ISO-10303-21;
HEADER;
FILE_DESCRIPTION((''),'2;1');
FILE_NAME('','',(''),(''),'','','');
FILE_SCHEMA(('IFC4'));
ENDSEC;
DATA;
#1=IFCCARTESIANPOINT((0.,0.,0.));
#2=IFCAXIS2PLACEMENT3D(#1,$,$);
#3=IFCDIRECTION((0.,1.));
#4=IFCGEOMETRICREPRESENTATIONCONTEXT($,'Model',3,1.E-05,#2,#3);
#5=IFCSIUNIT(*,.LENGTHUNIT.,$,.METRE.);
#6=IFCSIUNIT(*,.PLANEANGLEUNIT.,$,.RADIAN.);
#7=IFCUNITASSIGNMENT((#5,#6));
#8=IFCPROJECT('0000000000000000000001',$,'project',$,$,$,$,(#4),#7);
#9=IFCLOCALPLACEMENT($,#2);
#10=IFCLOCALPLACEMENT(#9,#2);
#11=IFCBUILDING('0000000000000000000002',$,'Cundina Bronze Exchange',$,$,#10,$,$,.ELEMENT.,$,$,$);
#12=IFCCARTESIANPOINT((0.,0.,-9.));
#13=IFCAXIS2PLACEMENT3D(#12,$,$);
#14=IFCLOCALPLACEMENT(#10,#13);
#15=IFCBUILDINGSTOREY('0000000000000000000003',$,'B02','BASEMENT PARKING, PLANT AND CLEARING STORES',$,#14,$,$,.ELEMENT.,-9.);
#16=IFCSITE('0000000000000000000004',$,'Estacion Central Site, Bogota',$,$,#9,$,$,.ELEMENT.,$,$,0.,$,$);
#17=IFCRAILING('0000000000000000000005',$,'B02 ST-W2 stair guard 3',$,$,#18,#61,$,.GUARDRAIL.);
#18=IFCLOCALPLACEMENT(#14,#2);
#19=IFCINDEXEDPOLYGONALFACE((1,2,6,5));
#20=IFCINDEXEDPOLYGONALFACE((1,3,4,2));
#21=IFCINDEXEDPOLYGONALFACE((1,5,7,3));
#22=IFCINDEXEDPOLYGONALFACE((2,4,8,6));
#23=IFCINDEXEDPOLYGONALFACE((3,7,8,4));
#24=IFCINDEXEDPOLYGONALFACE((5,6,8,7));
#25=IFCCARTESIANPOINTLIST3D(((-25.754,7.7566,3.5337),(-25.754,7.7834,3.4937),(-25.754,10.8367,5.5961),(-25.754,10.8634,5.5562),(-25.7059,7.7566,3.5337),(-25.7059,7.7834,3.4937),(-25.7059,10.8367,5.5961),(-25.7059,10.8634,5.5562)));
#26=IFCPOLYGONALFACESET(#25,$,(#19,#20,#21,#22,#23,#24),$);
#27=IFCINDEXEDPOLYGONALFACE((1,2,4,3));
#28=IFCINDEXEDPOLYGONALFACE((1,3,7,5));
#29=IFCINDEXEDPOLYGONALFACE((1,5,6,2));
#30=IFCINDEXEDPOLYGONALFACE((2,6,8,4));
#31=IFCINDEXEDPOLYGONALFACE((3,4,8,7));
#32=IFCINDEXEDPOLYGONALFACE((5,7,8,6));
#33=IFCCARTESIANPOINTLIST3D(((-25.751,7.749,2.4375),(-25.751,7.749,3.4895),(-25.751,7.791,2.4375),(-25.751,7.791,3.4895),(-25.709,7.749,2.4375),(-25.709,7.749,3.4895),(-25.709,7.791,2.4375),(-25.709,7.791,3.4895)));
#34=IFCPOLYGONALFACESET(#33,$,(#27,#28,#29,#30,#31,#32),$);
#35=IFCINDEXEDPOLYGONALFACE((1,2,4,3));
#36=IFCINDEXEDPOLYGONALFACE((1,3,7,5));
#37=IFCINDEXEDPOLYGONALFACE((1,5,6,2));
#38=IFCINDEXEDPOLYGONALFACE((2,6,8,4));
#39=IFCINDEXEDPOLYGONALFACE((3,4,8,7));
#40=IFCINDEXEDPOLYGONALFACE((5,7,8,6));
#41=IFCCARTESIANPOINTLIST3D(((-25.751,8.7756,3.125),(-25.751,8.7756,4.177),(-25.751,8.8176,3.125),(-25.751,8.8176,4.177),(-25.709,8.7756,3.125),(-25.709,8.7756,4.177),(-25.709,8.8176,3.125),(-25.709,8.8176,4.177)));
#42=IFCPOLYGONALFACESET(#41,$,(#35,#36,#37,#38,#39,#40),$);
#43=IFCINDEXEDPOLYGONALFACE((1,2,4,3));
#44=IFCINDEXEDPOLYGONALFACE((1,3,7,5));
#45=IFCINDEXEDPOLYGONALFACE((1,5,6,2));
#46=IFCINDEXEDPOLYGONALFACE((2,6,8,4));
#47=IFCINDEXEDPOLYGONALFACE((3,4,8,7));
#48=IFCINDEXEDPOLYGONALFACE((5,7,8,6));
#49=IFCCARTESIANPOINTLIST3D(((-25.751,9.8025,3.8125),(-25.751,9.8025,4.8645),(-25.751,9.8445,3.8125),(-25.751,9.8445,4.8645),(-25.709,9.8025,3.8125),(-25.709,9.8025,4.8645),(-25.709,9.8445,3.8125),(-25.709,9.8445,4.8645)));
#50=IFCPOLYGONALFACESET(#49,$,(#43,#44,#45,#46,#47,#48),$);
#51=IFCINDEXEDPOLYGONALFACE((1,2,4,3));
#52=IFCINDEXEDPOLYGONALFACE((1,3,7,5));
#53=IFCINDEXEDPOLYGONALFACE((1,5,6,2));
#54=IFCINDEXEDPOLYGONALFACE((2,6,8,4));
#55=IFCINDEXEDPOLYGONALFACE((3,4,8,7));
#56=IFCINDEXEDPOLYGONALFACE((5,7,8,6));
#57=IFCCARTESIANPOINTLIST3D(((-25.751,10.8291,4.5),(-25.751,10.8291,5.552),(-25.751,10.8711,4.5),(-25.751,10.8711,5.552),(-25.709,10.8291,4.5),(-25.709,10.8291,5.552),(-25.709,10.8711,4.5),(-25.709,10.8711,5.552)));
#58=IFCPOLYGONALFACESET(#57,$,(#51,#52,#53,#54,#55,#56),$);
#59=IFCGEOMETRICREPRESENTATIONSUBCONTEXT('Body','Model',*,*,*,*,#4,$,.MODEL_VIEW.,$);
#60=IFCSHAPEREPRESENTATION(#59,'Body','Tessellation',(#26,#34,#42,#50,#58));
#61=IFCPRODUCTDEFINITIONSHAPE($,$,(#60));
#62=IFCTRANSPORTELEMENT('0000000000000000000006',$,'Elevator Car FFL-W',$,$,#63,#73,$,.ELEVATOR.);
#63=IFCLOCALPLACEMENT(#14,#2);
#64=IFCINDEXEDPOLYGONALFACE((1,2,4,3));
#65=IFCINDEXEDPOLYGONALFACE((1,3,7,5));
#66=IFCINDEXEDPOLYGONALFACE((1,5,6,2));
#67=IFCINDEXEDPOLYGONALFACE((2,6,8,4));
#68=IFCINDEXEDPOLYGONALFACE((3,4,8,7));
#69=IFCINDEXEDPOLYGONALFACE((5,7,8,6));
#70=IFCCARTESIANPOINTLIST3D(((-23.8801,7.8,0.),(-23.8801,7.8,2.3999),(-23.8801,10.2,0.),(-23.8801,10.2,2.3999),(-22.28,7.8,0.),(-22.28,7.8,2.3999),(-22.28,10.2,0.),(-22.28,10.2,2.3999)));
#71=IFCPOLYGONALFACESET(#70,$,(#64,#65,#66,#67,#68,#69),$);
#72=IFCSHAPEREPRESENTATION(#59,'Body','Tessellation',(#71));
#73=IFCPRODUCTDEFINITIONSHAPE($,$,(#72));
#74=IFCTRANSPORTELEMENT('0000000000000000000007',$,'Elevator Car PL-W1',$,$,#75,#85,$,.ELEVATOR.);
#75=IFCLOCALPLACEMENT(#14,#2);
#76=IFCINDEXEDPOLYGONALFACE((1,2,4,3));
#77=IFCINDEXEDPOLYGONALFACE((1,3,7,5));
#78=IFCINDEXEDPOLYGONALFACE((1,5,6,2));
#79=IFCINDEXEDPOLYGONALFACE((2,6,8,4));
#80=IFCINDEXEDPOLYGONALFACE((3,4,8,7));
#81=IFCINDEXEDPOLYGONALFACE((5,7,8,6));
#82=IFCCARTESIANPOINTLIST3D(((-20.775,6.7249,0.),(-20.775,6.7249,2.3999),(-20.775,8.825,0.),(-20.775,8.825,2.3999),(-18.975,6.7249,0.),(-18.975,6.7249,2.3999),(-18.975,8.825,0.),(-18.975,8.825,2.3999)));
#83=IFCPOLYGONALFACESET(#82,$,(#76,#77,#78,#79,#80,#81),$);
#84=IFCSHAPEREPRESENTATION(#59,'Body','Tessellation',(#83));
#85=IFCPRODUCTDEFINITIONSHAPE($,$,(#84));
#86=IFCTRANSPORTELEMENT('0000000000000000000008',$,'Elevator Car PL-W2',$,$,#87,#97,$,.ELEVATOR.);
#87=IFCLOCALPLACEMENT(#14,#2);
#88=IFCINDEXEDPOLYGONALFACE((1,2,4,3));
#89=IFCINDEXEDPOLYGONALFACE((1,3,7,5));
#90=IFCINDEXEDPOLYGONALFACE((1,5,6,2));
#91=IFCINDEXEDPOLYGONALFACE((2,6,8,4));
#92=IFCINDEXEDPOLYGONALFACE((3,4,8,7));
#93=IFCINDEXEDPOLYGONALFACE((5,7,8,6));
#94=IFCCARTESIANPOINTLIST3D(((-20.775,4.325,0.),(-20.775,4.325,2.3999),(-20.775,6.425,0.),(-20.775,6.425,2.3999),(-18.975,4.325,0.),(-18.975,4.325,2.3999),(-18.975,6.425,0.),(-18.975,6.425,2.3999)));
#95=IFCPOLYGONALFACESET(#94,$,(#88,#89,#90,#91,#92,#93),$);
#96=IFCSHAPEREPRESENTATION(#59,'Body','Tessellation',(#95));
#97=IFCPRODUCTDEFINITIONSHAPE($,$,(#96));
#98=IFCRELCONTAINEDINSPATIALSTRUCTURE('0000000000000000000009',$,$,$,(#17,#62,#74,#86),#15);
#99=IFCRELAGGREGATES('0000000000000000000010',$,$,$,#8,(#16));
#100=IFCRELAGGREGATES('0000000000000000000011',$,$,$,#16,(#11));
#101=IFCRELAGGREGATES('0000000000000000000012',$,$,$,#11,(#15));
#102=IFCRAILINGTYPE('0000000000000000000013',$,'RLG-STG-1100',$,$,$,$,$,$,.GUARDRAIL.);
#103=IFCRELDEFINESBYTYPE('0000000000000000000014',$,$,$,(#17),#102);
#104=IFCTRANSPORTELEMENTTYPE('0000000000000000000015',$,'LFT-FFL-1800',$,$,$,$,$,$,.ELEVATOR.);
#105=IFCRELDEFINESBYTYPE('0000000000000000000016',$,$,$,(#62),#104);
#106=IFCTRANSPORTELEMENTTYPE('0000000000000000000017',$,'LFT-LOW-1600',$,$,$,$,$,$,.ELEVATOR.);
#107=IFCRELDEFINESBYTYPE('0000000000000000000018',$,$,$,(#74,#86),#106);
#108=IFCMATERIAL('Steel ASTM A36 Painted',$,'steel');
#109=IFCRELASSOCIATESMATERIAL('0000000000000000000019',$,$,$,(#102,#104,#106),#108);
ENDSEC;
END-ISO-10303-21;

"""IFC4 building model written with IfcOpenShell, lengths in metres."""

from ifc_helpers import new_model, si_unit, direction, frame, origin, origin_2d, place, context, subcontext, project, spatial, rectangle, extrude, material, type_object, element, save


model = new_model("IFC4")

# Units and contexts
model_context = context("Model", 3, precision=1e-05, world=origin(), true_north=direction((0.0, 1.0)))
body_context = subcontext(model_context, "Body", "Model", "MODEL_VIEW")
ifc_project = project(units=[si_unit("LENGTHUNIT", "METRE"), si_unit("PLANEANGLEUNIT", "RADIAN")], contexts=[model_context])

# Site, building, storey
site_placement = place(None, origin())
site = spatial("IfcSite", under=ifc_project, at=site_placement, Name="Estacion Central Site, Bogota", CompositionType="ELEMENT", RefElevation=0.0)
building_placement = place(site_placement, origin())
building = spatial("IfcBuilding", under=site, at=building_placement, Name="Cundina Bronze Exchange", CompositionType="ELEMENT")
storey_placement = place(building_placement, frame((0.0, 0.0, -9.0)))
storey = spatial("IfcBuildingStorey", under=building, at=storey_placement, Name="B02", Description="BASEMENT PARKING, PLANT AND CLEARING STORES", CompositionType="ELEMENT", Elevation=-9.0)

# Shared definitions
ifc_material_1 = material(Name="Steel ASTM A36 Painted", Category="steel")

# Railing
railing_type_1 = type_object("IfcRailingType", Name="RLG-STG-1100", PredefinedType="GUARDRAIL", material=ifc_material_1)
railing_1_placement = place(storey_placement, frame((-25.73, 7.77, 2.4375)))
element("IfcRailing", 1, at=railing_1_placement, inside=storey, type_object=railing_type_1, Name="B02 ST-W2 stair guard 3", PredefinedType="GUARDRAIL", context=body_context, shape_type="SweptSolid", body=[
    extrude(rectangle(XDim=0.0481, YDim=0.0481, at=origin_2d()), frame((0.0, 0.0, 1.0762), z_axis=(0.0, 0.830914, 0.556401), x_axis=(-1.0, 0.0, 0.0)), (0.0, 0.0, 1.0), 3.7068),
    extrude(rectangle(XDim=0.042, YDim=0.042, at=origin_2d()), origin(), (0.0, 0.0, 1.0), 1.052),
    extrude(rectangle(XDim=0.042, YDim=0.042, at=origin_2d()), frame((0.0, 1.0266, 0.6875)), (0.0, 0.0, 1.0), 1.052),
    extrude(rectangle(XDim=0.042, YDim=0.042, at=origin_2d()), frame((0.0, 2.0535, 1.375)), (0.0, 0.0, 1.0), 1.052),
    extrude(rectangle(XDim=0.042, YDim=0.042, at=origin_2d()), frame((0.0, 3.0801, 2.0625)), (0.0, 0.0, 1.0), 1.052),
])

# Transport elements
transport_element_type_1 = type_object("IfcTransportElementType", Name="LFT-FFL-1800", PredefinedType="ELEVATOR", material=ifc_material_1)
transport_element_placement = place(storey_placement, frame((-23.0801, 9.0, 0.0), z_axis=(0.0, 0.0, 1.0), x_axis=(1.0, 0.0, 0.0)))
element("IfcTransportElement", 2, at=transport_element_placement, inside=storey, type_object=transport_element_type_1, Name="Elevator Car FFL-W", PredefinedType="ELEVATOR", context=body_context, shape_type="SweptSolid", body=[
    extrude(rectangle(XDim=1.6001, YDim=2.3999, at=origin_2d()), origin(), (0.0, 0.0, 1.0), 2.3999),
])
transport_element_type_2 = type_object("IfcTransportElementType", Name="LFT-LOW-1600", PredefinedType="ELEVATOR", material=ifc_material_1)
for number, where, z_axis, x_axis, name in (
    (3, (-19.875, 7.7749, 0.0), (0.0, 0.0, 1.0), (1.0, 0.0, 0.0), "Elevator Car PL-W1"),
    (4, (-19.875, 5.375, 0.0), (0.0, 0.0, 1.0), (1.0, 0.0, 0.0), "Elevator Car PL-W2"),
):
    element("IfcTransportElement", number, at=place(storey_placement, frame(where, z_axis=z_axis, x_axis=x_axis)), inside=storey, type_object=transport_element_type_2, Name=name, PredefinedType="ELEVATOR", context=body_context, shape_type="SweptSolid", body=[
        extrude(rectangle(XDim=1.8, YDim=2.1001, at=origin_2d()), origin(), (0.0, 0.0, 1.0), 2.3999),
    ])

save(model, "model.ifc")
